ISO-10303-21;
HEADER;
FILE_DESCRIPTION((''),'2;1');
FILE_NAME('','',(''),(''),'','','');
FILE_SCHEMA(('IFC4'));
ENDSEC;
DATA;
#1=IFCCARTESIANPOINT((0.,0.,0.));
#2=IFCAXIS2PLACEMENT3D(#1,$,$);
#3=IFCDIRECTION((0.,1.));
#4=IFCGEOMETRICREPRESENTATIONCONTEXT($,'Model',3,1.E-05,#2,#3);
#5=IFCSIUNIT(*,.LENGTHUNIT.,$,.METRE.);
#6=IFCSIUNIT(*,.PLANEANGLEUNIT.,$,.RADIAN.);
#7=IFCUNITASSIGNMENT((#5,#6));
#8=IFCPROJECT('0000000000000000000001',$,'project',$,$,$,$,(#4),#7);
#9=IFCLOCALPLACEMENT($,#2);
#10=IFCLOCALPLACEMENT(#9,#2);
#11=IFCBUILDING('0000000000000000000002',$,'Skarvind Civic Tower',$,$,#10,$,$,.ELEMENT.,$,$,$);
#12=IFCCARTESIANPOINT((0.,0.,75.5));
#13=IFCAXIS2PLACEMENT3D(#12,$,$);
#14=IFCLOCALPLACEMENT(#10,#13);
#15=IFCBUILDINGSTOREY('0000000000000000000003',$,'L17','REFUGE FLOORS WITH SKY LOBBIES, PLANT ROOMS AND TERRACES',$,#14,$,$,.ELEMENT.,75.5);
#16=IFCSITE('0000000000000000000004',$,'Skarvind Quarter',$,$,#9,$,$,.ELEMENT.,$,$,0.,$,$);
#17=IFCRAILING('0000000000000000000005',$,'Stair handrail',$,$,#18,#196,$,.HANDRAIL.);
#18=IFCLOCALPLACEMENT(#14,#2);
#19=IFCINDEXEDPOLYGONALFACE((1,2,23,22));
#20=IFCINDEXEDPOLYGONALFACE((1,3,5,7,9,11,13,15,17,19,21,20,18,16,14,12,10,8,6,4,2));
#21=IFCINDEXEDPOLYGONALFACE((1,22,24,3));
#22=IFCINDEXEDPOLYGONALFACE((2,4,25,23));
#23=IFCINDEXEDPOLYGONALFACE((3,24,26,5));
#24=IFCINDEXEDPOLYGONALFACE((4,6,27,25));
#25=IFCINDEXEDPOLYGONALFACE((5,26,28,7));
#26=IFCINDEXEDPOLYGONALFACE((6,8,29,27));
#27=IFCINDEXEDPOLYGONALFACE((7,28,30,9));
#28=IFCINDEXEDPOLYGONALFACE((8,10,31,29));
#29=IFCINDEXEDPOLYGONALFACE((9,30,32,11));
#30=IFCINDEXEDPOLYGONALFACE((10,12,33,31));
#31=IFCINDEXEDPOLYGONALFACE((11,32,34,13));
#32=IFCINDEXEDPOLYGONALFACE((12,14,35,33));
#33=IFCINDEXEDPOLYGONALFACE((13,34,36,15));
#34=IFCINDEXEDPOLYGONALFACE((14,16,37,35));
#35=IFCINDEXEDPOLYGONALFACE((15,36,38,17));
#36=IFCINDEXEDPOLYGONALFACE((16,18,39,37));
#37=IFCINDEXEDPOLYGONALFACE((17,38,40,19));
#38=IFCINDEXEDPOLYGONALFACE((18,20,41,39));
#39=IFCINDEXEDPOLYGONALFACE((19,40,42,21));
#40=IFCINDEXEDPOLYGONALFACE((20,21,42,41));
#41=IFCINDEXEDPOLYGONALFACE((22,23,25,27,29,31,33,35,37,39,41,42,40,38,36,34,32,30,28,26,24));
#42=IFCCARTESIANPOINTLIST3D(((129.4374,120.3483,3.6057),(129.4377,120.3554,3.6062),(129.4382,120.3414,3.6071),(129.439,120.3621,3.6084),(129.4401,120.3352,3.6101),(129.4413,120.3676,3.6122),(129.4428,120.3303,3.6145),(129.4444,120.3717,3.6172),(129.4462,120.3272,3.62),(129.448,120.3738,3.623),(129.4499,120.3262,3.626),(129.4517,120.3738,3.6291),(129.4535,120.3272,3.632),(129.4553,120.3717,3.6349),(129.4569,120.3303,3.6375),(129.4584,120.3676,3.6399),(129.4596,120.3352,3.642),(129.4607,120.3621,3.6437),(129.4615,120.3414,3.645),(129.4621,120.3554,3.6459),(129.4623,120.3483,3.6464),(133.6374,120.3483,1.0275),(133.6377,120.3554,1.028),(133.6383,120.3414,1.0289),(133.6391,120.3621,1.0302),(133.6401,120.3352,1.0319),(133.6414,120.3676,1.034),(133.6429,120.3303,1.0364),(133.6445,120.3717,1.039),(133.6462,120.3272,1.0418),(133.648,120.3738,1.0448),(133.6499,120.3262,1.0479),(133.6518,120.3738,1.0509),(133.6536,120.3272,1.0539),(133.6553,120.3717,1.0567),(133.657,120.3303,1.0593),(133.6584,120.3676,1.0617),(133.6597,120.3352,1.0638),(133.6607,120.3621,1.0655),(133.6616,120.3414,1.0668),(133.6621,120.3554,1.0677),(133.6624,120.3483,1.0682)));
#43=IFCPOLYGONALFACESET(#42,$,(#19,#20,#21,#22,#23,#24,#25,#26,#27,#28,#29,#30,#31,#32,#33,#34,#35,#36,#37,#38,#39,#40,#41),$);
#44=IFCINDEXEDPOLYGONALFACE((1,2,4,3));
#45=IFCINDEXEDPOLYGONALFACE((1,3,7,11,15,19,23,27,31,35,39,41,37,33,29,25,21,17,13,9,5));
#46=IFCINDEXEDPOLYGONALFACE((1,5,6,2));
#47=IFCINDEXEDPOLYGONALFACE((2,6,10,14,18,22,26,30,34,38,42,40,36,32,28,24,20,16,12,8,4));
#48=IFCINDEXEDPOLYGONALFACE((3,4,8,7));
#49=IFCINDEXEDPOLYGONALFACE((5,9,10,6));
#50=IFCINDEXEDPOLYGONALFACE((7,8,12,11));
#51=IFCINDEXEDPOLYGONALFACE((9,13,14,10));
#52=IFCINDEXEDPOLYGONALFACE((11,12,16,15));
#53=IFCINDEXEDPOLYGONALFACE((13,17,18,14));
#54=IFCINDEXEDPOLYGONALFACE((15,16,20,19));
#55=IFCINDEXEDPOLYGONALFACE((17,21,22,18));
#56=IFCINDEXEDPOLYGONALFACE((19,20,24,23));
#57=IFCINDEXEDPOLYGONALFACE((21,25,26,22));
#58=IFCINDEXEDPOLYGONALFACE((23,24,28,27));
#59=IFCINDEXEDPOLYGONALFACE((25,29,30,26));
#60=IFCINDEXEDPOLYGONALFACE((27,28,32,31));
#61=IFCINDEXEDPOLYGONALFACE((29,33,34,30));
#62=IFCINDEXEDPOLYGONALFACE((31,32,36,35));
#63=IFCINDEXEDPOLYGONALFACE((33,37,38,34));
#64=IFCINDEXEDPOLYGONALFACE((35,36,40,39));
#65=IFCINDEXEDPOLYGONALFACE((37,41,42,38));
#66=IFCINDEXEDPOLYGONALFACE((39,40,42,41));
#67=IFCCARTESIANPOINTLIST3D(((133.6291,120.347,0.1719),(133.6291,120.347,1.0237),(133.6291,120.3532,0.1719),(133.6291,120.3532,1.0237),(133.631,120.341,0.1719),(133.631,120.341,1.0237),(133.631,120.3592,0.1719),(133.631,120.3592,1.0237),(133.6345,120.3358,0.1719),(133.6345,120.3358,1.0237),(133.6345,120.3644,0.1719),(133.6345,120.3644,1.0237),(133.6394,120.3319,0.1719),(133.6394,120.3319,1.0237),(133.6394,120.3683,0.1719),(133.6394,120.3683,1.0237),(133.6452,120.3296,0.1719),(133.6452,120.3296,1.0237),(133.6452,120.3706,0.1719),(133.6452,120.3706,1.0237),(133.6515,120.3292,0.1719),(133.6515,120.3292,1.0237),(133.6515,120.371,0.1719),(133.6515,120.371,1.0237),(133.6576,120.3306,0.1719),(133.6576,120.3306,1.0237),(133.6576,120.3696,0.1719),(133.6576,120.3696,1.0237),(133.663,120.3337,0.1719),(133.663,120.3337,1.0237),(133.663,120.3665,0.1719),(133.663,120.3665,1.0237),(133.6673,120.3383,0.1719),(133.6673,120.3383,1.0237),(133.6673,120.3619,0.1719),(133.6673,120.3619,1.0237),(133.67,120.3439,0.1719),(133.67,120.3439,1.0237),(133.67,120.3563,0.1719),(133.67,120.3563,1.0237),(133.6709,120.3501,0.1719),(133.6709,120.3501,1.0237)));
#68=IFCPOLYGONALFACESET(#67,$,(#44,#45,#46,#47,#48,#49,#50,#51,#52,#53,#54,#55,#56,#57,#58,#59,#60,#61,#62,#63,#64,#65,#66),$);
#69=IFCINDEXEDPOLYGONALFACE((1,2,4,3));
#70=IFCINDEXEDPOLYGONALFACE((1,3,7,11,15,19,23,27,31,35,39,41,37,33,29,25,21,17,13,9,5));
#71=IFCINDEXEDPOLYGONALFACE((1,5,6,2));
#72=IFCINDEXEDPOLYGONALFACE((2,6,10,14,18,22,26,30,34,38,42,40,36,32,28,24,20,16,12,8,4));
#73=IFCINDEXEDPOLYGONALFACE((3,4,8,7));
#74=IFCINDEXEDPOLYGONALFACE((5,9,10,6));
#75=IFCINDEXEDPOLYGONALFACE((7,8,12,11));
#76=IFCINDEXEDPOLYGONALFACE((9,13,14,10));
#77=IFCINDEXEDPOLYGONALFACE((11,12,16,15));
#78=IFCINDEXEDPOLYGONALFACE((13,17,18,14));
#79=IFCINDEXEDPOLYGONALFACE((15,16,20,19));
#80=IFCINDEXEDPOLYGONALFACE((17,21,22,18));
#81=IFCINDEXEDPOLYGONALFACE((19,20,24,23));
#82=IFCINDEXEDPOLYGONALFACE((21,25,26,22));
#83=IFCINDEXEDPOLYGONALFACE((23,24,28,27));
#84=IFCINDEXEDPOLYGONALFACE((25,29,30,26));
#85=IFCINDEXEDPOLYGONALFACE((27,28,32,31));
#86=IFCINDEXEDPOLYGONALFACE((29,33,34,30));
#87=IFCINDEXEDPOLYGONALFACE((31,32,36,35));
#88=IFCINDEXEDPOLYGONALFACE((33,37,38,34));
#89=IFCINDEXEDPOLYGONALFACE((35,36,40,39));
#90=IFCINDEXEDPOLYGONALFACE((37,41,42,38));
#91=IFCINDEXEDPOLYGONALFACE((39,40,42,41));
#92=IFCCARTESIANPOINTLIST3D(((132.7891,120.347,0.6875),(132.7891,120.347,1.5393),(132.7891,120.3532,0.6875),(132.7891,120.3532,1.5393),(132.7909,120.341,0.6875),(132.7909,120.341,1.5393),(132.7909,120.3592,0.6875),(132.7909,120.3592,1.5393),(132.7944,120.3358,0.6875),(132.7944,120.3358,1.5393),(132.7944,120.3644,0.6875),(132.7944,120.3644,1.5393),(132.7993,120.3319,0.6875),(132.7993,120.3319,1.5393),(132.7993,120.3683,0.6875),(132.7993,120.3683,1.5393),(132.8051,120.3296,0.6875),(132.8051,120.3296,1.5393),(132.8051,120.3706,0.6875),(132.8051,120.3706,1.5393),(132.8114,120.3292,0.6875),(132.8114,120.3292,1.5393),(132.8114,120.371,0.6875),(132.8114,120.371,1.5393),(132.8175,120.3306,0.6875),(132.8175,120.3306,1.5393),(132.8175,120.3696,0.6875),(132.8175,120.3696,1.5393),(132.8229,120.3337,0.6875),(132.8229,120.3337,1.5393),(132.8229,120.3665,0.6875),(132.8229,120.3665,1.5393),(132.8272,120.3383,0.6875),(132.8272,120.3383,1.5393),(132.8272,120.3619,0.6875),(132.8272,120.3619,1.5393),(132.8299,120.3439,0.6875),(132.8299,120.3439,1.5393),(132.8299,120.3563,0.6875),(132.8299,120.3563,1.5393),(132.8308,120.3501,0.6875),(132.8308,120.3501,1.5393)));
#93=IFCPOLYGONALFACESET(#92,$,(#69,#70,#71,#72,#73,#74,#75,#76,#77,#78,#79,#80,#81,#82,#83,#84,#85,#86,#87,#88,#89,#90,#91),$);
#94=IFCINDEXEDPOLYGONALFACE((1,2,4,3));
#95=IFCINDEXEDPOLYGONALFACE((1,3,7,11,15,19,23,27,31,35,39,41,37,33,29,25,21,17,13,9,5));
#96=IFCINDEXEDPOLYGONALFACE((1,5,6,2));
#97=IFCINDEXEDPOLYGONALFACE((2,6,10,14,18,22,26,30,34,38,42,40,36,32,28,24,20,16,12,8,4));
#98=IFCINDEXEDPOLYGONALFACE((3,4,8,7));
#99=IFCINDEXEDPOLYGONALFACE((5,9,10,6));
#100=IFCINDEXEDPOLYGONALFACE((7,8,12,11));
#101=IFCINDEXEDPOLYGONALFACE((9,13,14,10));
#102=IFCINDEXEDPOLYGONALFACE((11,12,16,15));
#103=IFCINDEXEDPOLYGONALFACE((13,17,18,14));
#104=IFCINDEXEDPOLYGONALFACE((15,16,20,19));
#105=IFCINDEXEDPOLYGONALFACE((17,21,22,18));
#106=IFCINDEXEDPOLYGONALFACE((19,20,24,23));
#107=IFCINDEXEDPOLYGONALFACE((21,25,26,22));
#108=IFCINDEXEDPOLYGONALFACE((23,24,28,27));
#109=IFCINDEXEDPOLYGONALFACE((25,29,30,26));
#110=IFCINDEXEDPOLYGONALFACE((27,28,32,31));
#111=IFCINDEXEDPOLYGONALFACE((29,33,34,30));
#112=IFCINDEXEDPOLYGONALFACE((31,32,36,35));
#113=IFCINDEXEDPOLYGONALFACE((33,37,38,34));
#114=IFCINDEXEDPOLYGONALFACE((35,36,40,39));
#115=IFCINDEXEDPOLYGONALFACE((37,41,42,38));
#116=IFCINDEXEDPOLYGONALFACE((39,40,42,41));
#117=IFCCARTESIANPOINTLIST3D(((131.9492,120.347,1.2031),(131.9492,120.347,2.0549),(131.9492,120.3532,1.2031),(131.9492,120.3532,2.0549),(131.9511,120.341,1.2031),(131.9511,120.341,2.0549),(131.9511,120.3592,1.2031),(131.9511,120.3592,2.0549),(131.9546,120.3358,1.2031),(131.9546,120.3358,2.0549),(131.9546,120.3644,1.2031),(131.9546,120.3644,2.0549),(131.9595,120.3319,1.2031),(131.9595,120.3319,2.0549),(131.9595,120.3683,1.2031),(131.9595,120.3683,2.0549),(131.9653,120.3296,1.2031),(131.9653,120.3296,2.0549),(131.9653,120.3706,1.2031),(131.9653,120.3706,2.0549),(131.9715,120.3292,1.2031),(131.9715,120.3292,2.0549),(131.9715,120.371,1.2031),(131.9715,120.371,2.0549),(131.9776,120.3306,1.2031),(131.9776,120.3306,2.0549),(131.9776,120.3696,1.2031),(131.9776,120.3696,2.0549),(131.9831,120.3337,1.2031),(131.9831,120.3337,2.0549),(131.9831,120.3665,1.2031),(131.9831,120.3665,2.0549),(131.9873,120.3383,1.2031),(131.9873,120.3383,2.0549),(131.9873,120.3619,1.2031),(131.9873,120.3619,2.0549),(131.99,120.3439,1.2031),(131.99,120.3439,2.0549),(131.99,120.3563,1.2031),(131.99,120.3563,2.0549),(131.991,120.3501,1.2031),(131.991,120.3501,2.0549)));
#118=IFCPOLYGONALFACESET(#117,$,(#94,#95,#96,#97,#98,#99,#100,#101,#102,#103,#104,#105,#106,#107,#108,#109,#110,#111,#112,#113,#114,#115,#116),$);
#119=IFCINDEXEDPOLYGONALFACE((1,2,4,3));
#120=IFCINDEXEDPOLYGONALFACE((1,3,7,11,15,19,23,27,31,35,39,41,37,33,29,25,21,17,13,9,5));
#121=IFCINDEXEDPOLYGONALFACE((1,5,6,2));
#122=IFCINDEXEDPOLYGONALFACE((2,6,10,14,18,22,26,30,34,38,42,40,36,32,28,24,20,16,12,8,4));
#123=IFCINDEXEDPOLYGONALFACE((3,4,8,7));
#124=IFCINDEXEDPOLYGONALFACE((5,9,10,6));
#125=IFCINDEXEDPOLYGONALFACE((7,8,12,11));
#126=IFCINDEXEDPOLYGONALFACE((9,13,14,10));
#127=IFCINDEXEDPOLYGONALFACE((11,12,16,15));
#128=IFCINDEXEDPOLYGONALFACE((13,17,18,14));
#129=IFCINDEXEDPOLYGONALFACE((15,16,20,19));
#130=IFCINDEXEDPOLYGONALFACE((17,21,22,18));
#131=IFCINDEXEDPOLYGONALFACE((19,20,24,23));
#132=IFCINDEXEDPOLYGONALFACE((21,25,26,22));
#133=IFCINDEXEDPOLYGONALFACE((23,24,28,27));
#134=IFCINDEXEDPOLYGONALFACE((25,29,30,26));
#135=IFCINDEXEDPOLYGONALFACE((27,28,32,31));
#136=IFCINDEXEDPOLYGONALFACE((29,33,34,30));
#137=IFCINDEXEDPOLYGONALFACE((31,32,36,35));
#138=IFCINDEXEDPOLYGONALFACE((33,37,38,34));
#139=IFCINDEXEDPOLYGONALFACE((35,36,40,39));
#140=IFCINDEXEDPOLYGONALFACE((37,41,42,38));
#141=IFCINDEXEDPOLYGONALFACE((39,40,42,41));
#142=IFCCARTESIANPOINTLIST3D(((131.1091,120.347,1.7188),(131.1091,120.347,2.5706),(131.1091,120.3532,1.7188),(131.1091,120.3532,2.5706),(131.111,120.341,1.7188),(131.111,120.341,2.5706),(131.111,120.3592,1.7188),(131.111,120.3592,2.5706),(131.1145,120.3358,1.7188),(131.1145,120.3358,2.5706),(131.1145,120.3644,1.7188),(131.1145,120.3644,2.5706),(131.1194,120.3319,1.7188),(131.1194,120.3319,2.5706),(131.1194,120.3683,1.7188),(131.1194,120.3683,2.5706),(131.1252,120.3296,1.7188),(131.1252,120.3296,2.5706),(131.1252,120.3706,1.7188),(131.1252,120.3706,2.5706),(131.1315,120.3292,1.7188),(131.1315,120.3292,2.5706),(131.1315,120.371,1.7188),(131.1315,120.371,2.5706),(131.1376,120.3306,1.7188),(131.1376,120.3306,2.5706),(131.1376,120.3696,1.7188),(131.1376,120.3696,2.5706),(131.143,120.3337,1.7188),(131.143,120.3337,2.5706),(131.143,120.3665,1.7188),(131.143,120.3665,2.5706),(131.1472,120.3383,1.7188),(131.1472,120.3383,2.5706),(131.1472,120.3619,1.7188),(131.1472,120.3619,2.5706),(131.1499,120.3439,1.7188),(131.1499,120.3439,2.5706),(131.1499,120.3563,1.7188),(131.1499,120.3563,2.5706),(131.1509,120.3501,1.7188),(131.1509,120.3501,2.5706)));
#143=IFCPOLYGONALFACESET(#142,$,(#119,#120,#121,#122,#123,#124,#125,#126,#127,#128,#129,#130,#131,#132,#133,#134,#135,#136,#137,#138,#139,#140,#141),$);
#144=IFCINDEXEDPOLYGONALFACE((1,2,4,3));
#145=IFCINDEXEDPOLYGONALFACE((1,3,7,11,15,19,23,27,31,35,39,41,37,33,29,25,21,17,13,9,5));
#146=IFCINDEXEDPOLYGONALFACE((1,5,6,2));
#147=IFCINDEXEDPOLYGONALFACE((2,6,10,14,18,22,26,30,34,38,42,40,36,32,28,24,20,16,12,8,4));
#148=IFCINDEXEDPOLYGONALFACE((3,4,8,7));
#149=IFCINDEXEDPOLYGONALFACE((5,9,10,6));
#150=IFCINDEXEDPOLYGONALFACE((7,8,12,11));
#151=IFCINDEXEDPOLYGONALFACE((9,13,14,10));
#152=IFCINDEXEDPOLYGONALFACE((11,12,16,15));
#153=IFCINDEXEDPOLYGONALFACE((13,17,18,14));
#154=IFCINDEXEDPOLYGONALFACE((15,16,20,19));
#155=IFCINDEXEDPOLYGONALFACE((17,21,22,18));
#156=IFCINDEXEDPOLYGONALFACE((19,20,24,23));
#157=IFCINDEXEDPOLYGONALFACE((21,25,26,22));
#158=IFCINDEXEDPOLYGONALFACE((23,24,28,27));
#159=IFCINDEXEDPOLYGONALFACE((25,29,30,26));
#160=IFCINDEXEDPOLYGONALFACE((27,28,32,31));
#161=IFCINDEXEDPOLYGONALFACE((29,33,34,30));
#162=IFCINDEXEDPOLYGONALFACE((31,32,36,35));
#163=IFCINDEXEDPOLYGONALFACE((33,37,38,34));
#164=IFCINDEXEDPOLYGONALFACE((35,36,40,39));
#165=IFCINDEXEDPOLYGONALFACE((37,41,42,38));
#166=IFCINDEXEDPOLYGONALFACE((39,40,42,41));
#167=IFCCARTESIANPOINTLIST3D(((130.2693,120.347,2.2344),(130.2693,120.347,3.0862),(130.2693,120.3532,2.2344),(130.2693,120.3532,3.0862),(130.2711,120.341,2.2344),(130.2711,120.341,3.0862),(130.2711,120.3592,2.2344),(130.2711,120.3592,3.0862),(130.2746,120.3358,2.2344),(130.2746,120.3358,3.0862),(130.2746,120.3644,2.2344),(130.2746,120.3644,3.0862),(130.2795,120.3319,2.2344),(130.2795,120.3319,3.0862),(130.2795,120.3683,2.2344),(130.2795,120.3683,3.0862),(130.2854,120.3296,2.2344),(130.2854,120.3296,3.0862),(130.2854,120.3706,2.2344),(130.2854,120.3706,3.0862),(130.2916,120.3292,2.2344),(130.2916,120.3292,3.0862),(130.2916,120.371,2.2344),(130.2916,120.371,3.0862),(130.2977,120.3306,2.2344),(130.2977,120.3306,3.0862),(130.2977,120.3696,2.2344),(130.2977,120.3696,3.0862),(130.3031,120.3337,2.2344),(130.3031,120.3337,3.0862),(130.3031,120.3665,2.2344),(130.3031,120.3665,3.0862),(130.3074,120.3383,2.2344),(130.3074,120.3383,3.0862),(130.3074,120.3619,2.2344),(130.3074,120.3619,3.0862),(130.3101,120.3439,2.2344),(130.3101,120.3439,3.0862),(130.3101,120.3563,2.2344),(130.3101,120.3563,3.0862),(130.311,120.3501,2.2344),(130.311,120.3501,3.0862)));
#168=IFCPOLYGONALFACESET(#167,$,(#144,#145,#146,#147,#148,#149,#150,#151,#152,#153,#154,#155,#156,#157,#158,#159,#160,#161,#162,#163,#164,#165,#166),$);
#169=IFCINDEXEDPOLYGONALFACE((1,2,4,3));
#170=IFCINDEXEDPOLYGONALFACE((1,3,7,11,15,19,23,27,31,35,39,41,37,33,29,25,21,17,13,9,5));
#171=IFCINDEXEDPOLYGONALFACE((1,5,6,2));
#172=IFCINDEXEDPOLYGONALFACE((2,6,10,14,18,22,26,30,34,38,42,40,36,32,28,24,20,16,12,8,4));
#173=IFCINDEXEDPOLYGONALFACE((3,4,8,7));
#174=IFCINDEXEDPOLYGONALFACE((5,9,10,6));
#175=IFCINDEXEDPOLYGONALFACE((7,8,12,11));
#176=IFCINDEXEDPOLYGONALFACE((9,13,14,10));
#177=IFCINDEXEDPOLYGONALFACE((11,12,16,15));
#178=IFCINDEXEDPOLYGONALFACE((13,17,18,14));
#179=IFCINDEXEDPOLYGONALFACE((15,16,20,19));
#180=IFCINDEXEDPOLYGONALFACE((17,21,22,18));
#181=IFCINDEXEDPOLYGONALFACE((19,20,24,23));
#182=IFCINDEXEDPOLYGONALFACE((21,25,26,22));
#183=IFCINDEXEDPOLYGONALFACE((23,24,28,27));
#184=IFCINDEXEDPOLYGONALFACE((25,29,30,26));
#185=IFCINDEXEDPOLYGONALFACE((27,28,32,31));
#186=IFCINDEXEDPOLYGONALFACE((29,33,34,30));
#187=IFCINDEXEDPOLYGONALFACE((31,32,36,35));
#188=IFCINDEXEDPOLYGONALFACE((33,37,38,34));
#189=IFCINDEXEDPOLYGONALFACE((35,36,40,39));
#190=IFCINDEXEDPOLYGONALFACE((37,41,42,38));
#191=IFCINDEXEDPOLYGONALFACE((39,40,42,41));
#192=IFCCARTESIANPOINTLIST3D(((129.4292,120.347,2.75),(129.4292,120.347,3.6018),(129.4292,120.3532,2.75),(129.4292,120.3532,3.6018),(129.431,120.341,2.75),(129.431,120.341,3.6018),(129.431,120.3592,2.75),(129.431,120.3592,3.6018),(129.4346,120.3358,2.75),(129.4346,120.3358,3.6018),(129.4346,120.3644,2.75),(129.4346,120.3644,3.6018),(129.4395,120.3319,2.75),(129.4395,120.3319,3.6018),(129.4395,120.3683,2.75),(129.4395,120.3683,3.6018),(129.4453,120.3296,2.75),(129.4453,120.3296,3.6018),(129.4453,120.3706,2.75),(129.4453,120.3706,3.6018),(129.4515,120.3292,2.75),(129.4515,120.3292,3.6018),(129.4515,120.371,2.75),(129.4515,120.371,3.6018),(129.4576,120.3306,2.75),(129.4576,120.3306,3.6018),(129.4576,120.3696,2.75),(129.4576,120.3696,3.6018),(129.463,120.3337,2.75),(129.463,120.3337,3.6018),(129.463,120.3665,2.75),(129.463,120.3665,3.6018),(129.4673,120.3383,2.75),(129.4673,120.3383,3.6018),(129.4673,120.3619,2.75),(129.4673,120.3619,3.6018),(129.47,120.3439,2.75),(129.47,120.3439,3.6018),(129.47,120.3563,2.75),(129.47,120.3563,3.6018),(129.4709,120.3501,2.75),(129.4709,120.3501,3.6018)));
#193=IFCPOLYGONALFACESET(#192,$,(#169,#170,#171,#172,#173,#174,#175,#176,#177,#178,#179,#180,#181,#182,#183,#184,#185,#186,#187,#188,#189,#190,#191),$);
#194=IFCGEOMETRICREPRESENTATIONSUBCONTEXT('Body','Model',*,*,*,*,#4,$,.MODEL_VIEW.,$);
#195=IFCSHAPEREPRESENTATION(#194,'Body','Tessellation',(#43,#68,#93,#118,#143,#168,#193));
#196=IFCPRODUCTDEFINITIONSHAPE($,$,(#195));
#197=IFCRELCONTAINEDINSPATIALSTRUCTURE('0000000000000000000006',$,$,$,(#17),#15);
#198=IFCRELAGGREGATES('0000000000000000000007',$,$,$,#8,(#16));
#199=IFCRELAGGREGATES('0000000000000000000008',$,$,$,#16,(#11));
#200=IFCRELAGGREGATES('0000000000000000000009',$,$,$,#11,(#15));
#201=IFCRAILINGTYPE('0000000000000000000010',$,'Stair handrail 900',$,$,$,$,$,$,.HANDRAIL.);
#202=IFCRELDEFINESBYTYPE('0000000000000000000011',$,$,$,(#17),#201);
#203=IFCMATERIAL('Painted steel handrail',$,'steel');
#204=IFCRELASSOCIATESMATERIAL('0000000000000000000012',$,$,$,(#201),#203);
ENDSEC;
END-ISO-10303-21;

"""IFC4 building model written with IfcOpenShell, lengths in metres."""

from ifc_helpers import new_model, si_unit, direction, frame, origin, origin_2d, place, context, subcontext, project, spatial, circle, extrude, material, type_object, element, save


model = new_model("IFC4")

# Units and contexts
model_context = context("Model", 3, precision=1e-05, world=origin(), true_north=direction((0.0, 1.0)))
body_context = subcontext(model_context, "Body", "Model", "MODEL_VIEW")
ifc_project = project(units=[si_unit("LENGTHUNIT", "METRE"), si_unit("PLANEANGLEUNIT", "RADIAN")], contexts=[model_context])

# Site, building, storey
site_placement = place(None, origin())
site = spatial("IfcSite", under=ifc_project, at=site_placement, Name="Skarvind Quarter", CompositionType="ELEMENT", RefElevation=0.0)
building_placement = place(site_placement, origin())
building = spatial("IfcBuilding", under=site, at=building_placement, Name="Skarvind Civic Tower", CompositionType="ELEMENT")
storey_placement = place(building_placement, frame((0.0, 0.0, 75.5)))
storey = spatial("IfcBuildingStorey", under=building, at=storey_placement, Name="L17", Description="REFUGE FLOORS WITH SKY LOBBIES, PLANT ROOMS AND TERRACES", CompositionType="ELEMENT", Elevation=75.5)

# Railing
ifc_material_1 = material(Name="Painted steel handrail", Category="steel")
railing_type = type_object("IfcRailingType", Name="Stair handrail 900", PredefinedType="HANDRAIL", material=ifc_material_1)
railing_1_placement = place(storey_placement, frame((133.6499, 120.3501, 0.1719)))
element("IfcRailing", 1, at=railing_1_placement, inside=storey, type_object=railing_type, Name="Stair handrail", PredefinedType="HANDRAIL", context=body_context, shape_type="SweptSolid", body=[
    extrude(circle(Radius=0.0239, at=origin_2d()), frame((0.0, 0.0, 0.876), z_axis=(-0.852243, 0.0, 0.523146), x_axis=(0.0, -1.0, 0.0)), (0.0, 0.0, 1.0), 4.9282),
    extrude(circle(Radius=0.021, at=origin_2d()), origin(), (0.0, 0.0, 1.0), 0.8518),
    extrude(circle(Radius=0.021, at=origin_2d()), frame((-0.8401, 0.0, 0.5156)), (0.0, 0.0, 1.0), 0.8518),
    extrude(circle(Radius=0.021, at=origin_2d()), frame((-1.6799, 0.0, 1.0312)), (0.0, 0.0, 1.0), 0.8518),
    extrude(circle(Radius=0.021, at=origin_2d()), frame((-2.52, 0.0, 1.5469)), (0.0, 0.0, 1.0), 0.8518),
    extrude(circle(Radius=0.021, at=origin_2d()), frame((-3.3599, 0.0, 2.0625)), (0.0, 0.0, 1.0), 0.8518),
    extrude(circle(Radius=0.021, at=origin_2d()), frame((-4.2, 0.0, 2.5781)), (0.0, 0.0, 1.0), 0.8518),
])

save(model, "model.ifc")
